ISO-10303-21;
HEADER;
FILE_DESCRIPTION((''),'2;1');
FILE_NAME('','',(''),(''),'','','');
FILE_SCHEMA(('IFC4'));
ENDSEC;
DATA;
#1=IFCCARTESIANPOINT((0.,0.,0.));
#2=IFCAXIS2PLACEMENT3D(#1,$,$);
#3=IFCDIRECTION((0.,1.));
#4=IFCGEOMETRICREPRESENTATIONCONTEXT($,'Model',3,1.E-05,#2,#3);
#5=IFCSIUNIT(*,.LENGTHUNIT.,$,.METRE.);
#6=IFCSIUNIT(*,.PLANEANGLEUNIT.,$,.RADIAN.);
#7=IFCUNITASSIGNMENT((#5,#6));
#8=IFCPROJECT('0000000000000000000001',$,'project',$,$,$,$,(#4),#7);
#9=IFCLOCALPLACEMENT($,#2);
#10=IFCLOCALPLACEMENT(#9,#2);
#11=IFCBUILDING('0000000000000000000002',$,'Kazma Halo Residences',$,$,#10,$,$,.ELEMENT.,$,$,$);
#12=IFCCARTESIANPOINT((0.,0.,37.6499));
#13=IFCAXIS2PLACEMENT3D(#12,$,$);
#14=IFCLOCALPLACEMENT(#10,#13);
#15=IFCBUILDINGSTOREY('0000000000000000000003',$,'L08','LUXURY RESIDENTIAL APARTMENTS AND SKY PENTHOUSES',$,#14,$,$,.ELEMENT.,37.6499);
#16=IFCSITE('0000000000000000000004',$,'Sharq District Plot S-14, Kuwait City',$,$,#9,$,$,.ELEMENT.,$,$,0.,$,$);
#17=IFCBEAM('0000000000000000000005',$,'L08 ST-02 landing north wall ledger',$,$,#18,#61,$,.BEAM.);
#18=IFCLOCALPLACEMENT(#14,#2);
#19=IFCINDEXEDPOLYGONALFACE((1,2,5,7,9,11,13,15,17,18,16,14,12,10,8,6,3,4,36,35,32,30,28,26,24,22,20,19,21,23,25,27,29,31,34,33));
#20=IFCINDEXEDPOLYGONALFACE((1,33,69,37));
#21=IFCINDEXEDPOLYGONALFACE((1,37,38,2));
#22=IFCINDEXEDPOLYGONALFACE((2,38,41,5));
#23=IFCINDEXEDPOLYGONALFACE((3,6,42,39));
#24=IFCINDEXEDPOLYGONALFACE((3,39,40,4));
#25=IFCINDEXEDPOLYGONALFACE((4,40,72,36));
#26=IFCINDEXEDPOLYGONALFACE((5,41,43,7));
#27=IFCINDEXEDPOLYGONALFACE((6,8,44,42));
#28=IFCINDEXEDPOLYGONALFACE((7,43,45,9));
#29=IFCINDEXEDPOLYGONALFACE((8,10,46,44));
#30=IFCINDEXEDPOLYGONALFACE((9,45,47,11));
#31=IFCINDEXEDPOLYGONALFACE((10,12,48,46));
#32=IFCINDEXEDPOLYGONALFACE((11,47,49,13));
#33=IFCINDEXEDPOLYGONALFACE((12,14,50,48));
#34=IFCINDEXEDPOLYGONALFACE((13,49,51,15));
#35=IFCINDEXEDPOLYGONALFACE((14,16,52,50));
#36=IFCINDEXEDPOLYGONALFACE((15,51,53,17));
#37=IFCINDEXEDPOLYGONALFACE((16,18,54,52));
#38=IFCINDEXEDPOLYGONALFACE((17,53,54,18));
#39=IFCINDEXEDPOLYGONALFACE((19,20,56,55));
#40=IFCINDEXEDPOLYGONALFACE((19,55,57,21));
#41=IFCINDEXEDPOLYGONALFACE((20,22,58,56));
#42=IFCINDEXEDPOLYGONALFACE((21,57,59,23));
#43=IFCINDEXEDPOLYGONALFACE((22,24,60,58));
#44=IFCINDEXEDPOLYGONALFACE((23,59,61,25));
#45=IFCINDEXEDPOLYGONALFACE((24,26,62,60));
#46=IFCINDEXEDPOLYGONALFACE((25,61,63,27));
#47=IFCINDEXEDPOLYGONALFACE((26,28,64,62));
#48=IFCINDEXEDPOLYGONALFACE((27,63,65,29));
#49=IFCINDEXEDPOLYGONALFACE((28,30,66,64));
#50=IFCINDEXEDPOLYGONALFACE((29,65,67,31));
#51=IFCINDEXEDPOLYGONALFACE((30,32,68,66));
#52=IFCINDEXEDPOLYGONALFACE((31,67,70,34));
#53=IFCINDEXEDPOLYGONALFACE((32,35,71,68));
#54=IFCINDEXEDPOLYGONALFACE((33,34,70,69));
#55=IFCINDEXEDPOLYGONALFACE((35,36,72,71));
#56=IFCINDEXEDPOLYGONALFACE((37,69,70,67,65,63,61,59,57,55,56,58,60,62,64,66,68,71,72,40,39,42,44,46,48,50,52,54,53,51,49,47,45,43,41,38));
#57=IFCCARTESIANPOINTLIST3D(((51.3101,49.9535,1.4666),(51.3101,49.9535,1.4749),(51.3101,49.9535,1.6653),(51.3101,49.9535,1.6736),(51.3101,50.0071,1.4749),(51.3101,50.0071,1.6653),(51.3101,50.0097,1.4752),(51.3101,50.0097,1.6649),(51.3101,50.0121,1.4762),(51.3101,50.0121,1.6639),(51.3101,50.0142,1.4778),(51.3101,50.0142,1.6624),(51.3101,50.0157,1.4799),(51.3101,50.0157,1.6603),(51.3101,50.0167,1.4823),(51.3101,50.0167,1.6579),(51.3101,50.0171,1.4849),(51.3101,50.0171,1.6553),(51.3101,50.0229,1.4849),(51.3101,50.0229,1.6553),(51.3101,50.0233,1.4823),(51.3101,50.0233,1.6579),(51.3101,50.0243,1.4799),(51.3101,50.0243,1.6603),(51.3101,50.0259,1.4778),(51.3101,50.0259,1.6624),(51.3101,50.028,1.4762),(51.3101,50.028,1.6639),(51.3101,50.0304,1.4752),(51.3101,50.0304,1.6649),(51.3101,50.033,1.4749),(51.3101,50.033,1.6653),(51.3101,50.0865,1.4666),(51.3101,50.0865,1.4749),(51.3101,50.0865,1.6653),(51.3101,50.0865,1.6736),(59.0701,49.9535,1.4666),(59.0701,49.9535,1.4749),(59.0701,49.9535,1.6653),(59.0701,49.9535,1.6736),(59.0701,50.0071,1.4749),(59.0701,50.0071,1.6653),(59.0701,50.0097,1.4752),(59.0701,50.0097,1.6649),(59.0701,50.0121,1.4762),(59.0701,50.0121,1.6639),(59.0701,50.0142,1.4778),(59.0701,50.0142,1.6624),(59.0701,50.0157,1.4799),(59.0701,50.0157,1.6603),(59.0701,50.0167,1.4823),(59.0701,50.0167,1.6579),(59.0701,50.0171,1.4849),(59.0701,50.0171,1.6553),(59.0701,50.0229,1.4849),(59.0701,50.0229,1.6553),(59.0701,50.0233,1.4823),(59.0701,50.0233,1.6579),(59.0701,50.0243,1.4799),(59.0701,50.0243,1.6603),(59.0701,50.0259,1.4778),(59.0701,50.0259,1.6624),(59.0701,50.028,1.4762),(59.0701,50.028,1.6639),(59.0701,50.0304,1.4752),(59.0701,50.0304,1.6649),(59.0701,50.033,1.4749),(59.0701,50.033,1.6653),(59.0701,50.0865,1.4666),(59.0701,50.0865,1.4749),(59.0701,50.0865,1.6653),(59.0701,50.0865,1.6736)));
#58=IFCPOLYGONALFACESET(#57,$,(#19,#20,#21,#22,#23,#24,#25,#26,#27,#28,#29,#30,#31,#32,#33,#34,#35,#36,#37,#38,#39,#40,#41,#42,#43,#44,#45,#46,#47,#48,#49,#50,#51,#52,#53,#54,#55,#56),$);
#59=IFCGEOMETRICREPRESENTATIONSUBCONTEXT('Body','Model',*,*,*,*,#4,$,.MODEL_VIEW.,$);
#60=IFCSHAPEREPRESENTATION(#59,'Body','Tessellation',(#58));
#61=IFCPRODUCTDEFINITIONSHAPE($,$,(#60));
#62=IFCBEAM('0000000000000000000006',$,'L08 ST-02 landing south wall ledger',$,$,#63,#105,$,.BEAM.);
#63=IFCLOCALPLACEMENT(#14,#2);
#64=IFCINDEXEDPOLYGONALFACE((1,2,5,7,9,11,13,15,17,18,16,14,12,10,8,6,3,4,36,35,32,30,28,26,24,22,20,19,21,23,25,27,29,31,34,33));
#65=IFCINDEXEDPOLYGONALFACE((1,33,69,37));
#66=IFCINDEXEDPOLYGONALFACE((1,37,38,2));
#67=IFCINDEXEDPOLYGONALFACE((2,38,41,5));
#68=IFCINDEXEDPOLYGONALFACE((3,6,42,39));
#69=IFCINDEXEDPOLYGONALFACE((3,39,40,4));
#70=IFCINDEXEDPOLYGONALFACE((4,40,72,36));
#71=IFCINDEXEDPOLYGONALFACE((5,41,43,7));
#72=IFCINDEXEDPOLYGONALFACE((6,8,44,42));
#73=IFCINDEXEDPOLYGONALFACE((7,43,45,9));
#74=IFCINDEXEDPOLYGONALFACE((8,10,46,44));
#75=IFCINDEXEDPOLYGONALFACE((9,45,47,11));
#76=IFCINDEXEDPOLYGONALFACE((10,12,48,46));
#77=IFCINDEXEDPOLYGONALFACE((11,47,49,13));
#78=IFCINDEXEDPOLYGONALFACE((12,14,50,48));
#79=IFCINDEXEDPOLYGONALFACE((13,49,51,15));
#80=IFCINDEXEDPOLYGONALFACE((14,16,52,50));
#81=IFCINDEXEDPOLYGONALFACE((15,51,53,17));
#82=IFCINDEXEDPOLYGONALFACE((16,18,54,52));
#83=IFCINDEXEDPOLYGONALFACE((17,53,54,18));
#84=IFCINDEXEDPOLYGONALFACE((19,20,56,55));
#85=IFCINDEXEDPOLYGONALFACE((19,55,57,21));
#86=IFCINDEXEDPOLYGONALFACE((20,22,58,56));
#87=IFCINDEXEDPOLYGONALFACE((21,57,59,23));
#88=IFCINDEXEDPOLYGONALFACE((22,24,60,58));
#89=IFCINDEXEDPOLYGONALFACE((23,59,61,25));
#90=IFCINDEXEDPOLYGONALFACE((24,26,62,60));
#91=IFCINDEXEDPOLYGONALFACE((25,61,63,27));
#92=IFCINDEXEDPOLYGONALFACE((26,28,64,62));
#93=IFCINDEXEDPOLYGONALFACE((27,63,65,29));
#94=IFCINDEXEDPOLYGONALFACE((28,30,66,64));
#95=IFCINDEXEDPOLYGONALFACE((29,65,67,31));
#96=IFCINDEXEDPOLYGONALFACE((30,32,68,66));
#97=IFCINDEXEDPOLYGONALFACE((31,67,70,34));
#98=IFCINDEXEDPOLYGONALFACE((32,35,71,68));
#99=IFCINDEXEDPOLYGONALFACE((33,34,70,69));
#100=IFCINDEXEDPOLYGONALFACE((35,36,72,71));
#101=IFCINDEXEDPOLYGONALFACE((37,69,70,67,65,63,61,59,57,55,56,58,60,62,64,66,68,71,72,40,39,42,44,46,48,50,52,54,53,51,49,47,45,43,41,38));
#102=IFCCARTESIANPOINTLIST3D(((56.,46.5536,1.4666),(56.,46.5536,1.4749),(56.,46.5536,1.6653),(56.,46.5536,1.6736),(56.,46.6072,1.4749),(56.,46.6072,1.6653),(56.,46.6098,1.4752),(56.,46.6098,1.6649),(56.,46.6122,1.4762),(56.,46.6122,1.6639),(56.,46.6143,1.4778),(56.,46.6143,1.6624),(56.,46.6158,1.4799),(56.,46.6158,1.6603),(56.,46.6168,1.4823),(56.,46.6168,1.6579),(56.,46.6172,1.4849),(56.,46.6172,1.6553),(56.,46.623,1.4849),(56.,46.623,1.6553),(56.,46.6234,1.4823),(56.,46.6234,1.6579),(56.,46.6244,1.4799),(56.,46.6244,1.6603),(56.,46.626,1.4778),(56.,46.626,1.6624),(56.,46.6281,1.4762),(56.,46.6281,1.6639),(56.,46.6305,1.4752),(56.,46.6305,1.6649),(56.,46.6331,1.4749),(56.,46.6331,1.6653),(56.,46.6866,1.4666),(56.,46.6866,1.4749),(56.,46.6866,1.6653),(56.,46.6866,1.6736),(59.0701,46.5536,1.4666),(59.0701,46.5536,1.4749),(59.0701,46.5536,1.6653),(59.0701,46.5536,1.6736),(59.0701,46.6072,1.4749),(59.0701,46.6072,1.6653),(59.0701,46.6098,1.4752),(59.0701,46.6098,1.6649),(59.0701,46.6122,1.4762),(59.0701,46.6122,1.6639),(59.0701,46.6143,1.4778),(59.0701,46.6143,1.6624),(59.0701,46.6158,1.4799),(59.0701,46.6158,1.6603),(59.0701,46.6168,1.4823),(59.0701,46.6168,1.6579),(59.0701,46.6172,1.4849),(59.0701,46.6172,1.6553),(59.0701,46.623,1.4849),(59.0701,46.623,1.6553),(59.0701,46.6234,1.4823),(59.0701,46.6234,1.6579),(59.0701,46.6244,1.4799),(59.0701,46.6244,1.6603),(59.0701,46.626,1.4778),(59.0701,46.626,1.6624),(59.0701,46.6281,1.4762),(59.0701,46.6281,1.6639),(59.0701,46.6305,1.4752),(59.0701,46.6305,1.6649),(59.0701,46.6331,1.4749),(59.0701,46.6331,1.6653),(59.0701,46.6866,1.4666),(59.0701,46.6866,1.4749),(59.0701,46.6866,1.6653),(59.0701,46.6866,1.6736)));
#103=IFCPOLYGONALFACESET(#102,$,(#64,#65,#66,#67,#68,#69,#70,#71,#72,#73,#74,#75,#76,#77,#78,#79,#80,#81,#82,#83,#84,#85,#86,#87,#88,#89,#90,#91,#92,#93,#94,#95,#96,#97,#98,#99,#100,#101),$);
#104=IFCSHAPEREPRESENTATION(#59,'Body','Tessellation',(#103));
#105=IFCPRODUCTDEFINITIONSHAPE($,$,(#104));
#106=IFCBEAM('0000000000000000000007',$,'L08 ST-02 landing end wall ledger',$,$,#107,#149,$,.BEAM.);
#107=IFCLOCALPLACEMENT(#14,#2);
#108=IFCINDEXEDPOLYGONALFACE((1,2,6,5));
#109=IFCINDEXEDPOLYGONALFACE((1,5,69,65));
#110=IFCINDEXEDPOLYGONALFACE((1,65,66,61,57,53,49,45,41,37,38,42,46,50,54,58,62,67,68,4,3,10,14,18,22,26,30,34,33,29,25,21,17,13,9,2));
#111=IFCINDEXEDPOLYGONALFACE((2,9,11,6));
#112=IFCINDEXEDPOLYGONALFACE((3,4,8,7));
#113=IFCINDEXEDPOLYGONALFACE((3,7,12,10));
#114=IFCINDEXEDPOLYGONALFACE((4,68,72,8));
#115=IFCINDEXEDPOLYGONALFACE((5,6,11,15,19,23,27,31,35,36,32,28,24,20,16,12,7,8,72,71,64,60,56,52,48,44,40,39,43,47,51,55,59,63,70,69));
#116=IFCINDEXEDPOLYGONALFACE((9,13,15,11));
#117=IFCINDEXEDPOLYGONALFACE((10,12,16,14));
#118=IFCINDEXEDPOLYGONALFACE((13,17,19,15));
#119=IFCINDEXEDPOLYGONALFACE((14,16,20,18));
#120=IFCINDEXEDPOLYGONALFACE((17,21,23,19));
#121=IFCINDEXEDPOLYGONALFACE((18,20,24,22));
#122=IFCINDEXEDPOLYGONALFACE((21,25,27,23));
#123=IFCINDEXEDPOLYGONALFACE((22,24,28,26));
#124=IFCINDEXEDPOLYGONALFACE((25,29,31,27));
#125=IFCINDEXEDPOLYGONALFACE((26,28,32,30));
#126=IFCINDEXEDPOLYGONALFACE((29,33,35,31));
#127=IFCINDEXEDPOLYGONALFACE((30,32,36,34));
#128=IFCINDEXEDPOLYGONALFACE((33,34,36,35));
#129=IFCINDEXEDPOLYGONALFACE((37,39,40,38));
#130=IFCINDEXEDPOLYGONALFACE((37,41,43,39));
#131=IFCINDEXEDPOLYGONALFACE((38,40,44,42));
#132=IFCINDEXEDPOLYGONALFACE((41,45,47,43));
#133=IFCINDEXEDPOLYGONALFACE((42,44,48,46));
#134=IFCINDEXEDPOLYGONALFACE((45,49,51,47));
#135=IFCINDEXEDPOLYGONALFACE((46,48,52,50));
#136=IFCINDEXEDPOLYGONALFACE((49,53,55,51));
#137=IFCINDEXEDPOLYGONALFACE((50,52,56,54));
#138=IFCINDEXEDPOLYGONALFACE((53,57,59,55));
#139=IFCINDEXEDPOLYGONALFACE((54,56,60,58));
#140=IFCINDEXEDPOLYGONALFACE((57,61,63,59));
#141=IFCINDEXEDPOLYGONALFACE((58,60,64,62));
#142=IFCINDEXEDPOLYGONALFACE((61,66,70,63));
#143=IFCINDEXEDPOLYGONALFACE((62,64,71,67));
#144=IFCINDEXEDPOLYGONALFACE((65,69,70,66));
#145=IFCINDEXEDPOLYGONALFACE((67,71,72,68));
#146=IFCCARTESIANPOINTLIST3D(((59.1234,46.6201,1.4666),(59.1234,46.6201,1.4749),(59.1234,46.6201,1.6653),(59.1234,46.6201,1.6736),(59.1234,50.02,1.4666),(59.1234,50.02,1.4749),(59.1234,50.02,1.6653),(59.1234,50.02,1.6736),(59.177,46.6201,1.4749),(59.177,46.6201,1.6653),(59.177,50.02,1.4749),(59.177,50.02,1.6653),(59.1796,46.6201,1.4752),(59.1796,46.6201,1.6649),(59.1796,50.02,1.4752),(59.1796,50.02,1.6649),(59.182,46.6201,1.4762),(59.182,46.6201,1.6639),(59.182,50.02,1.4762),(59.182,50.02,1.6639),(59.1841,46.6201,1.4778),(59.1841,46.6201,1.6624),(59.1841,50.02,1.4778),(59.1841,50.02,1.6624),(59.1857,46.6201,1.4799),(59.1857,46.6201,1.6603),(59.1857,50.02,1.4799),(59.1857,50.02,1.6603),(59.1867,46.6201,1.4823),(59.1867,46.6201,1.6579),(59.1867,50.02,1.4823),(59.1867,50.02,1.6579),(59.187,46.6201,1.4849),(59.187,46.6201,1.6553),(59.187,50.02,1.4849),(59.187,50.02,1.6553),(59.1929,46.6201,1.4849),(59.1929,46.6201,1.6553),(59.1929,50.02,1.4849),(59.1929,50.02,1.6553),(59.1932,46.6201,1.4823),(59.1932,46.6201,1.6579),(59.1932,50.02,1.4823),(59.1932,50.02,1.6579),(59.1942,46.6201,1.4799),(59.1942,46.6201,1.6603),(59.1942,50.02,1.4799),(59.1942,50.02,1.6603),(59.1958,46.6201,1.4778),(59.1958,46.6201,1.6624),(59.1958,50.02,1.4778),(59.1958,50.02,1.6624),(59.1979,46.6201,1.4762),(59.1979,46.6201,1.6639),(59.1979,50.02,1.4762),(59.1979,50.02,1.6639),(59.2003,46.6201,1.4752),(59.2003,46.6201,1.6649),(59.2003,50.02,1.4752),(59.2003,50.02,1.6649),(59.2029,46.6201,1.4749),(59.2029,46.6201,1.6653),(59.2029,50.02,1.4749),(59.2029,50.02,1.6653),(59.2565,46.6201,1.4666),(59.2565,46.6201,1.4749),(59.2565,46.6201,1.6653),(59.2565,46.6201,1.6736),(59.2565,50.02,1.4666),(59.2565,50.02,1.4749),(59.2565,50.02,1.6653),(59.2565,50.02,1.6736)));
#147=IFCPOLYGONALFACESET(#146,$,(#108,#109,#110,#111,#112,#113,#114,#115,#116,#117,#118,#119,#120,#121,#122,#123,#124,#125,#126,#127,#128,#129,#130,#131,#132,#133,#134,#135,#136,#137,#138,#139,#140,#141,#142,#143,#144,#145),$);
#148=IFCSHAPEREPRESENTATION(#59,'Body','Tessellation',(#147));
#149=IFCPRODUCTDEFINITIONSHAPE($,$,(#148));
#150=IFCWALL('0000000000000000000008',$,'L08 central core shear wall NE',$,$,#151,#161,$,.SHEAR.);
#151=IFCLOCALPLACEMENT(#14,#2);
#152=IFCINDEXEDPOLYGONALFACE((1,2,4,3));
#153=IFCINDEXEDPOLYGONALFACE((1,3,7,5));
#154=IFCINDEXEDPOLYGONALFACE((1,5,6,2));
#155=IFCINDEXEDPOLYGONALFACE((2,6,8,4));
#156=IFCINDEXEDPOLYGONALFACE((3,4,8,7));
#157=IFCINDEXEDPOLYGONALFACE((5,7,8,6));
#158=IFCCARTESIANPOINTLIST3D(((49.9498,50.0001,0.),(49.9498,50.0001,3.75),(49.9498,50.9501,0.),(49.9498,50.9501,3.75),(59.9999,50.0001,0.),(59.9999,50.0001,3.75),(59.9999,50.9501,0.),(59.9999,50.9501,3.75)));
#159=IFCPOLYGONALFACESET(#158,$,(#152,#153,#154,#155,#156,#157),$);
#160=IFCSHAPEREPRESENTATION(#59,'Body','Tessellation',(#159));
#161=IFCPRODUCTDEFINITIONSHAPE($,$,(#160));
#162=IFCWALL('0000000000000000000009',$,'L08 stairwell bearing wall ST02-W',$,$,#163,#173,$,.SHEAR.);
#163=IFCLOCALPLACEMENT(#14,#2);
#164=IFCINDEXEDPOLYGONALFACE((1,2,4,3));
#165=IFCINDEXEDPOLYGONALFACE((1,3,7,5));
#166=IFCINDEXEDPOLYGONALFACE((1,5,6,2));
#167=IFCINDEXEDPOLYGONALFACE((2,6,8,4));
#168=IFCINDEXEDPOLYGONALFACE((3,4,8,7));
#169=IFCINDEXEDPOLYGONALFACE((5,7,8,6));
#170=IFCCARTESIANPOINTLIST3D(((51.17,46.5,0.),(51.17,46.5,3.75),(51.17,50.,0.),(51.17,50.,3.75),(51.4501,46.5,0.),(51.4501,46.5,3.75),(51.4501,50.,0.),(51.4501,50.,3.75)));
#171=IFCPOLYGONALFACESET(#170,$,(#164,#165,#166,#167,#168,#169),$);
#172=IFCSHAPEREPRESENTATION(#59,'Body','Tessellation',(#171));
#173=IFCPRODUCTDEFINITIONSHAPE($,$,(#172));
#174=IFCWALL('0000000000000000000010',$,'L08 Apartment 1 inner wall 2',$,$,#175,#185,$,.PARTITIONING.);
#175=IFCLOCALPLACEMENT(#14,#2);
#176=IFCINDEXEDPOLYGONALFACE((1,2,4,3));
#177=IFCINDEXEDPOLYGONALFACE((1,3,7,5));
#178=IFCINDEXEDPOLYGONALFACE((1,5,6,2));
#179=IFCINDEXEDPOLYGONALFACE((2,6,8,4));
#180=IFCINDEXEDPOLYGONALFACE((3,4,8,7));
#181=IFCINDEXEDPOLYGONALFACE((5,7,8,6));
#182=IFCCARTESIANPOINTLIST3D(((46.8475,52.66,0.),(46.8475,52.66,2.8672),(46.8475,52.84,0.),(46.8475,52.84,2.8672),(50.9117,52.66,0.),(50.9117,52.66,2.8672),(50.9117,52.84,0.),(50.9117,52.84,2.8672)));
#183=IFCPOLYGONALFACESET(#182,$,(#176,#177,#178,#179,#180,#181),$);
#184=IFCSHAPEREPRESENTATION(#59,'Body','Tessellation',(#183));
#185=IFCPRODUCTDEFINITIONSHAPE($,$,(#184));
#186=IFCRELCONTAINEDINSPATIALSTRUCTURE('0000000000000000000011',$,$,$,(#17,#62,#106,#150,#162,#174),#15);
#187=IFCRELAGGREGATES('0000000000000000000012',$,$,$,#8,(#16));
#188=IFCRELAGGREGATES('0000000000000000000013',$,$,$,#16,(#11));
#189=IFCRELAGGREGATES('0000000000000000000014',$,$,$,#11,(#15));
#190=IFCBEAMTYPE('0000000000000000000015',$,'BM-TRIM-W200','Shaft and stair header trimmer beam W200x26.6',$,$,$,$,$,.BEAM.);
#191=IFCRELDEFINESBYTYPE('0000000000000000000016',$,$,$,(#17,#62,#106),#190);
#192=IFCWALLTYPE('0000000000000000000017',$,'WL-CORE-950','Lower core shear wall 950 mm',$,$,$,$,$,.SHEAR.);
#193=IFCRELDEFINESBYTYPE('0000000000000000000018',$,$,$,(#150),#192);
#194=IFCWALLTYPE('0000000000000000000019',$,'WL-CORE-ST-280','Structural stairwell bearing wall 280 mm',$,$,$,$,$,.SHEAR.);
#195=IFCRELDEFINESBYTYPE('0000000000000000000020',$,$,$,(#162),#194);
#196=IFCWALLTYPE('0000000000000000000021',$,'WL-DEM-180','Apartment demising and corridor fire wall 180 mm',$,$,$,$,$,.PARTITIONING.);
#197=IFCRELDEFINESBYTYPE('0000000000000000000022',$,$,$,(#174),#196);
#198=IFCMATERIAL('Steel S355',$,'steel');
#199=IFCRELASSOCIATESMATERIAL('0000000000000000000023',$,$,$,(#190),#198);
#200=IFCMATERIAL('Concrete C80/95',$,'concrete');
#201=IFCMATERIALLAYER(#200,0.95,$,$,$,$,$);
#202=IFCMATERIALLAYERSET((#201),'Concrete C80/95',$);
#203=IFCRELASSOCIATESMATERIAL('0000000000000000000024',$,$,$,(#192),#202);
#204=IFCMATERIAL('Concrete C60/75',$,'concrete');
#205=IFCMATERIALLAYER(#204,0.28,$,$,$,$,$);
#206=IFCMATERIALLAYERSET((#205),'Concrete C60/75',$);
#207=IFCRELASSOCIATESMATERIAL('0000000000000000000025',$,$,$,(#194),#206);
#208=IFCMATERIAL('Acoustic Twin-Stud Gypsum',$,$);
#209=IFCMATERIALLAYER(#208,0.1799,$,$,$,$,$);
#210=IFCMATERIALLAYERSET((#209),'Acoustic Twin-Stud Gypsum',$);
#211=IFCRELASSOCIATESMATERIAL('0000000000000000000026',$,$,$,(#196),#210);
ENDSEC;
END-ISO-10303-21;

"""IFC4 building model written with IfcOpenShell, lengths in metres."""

from ifc_helpers import new_model, si_unit, direction, frame, frame_2d, origin, origin_2d, place, context, subcontext, project, spatial, rectangle, i_section, extrude, material, layer, layer_set, material_profile, profile_set, type_object, element, save


model = new_model("IFC4")

# Units and contexts
model_context = context("Model", 3, precision=1e-05, world=origin(), true_north=direction((0.0, 1.0)))
body_context = subcontext(model_context, "Body", "Model", "MODEL_VIEW")
ifc_project = project(units=[si_unit("LENGTHUNIT", "METRE"), si_unit("PLANEANGLEUNIT", "RADIAN")], contexts=[model_context])

# Site, building, storey
site_placement = place(None, origin())
site = spatial("IfcSite", under=ifc_project, at=site_placement, Name="Sharq District Plot S-14, Kuwait City", CompositionType="ELEMENT", RefElevation=0.0)
building_placement = place(site_placement, origin())
building = spatial("IfcBuilding", under=site, at=building_placement, Name="Kazma Halo Residences", CompositionType="ELEMENT")
storey_placement = place(building_placement, frame((0.0, 0.0, 37.6499)))
storey = spatial("IfcBuildingStorey", under=building, at=storey_placement, Name="L08", Description="LUXURY RESIDENTIAL APARTMENTS AND SKY PENTHOUSES", CompositionType="ELEMENT", Elevation=37.6499)

# Shared definitions
ifc_material_1 = material(Name="Steel S355", Category="steel")

# Beams
ifc_material_profile_1 = material_profile(ifc_material_1, i_section(OverallWidth=0.1331, OverallDepth=0.207, WebThickness=0.0059, FlangeThickness=0.0083, FilletRadius=0.01, at=origin_2d()), Name="W200x26.6")
ifc_profile_set_1 = profile_set([ifc_material_profile_1], Name="Steel S355")
beam_type_1 = type_object("IfcBeamType", Name="BM-TRIM-W200", Description="Shaft and stair header trimmer beam W200x26.6", PredefinedType="BEAM", material=ifc_profile_set_1)
beam_1_placement = place(storey_placement, frame((51.3101, 50.02, 1.5701), z_axis=(1.0, 0.0, 0.0), x_axis=(0.0, 1.0, 0.0)))
element("IfcBeam", 1, at=beam_1_placement, inside=storey, type_object=beam_type_1, Name="L08 ST-02 landing north wall ledger", PredefinedType="BEAM", context=body_context, shape_type="SweptSolid", body=[
    extrude(i_section(OverallWidth=0.1331, OverallDepth=0.207, WebThickness=0.0059, FlangeThickness=0.0083, FilletRadius=0.01, at=origin_2d()), origin(), (0.0, 0.0, 1.0), 7.76),
])
beam_2_placement = place(storey_placement, frame((56.0, 46.6201, 1.5701), z_axis=(1.0, 0.0, 0.0), x_axis=(0.0, 1.0, 0.0)))
element("IfcBeam", 2, at=beam_2_placement, inside=storey, type_object=beam_type_1, Name="L08 ST-02 landing south wall ledger", PredefinedType="BEAM", context=body_context, shape_type="SweptSolid", body=[
    extrude(i_section(OverallWidth=0.1331, OverallDepth=0.207, WebThickness=0.0059, FlangeThickness=0.0083, FilletRadius=0.01, at=origin_2d()), origin(), (0.0, 0.0, 1.0), 3.0701),
])
beam_3_placement = place(storey_placement, frame((59.1899, 46.6201, 1.5701), z_axis=(0.0, 1.0, 0.0), x_axis=(-1.0, 0.0, 0.0)))
element("IfcBeam", 3, at=beam_3_placement, inside=storey, type_object=beam_type_1, Name="L08 ST-02 landing end wall ledger", PredefinedType="BEAM", context=body_context, shape_type="SweptSolid", body=[
    extrude(i_section(OverallWidth=0.1331, OverallDepth=0.207, WebThickness=0.0059, FlangeThickness=0.0083, FilletRadius=0.01, at=origin_2d()), origin(), (0.0, 0.0, 1.0), 3.3999),
])

# Walls
ifc_material_2 = material(Name="Concrete C80/95", Category="concrete")
ifc_layer_1 = layer(ifc_material_2, 0.95)
ifc_layer_set_1 = layer_set([ifc_layer_1], Name="Concrete C80/95")
wall_type_1 = type_object("IfcWallType", Name="WL-CORE-950", Description="Lower core shear wall 950 mm", PredefinedType="SHEAR", material=ifc_layer_set_1)
wall_1_placement = place(storey_placement, frame((49.95, 50.4751, 0.0), z_axis=(0.0, 0.0, 1.0), x_axis=(1.0, 0.0, 0.0)))
element("IfcWall", 4, at=wall_1_placement, inside=storey, type_object=wall_type_1, Name="L08 central core shear wall NE", PredefinedType="SHEAR", context=body_context, shape_type="SweptSolid", body=[
    extrude(rectangle(XDim=10.05, YDim=0.95, at=frame_2d((5.0249, 0.0))), origin(), (0.0, 0.0, 1.0), 3.75),
])
ifc_material_3 = material(Name="Concrete C60/75", Category="concrete")
ifc_layer_2 = layer(ifc_material_3, 0.28)
ifc_layer_set_2 = layer_set([ifc_layer_2], Name="Concrete C60/75")
wall_type_2 = type_object("IfcWallType", Name="WL-CORE-ST-280", Description="Structural stairwell bearing wall 280 mm", PredefinedType="SHEAR", material=ifc_layer_set_2)
wall_2_placement = place(storey_placement, frame((51.3101, 46.5, 0.0), z_axis=(0.0, 0.0, 1.0), x_axis=(0.0, 1.0, 0.0)))
element("IfcWall", 5, at=wall_2_placement, inside=storey, type_object=wall_type_2, Name="L08 stairwell bearing wall ST02-W", PredefinedType="SHEAR", context=body_context, shape_type="SweptSolid", body=[
    extrude(rectangle(XDim=3.5, YDim=0.28, at=frame_2d((1.75, 0.0))), origin(), (0.0, 0.0, 1.0), 3.75),
])
ifc_material_4 = material(Name="Acoustic Twin-Stud Gypsum")
ifc_layer_3 = layer(ifc_material_4, 0.1799)
ifc_layer_set_3 = layer_set([ifc_layer_3], Name="Acoustic Twin-Stud Gypsum")
wall_type_3 = type_object("IfcWallType", Name="WL-DEM-180", Description="Apartment demising and corridor fire wall 180 mm", PredefinedType="PARTITIONING", material=ifc_layer_set_3)
wall_3_placement = place(storey_placement, frame((50.9119, 52.75, 0.0), z_axis=(0.0, 0.0, 1.0), x_axis=(-1.0, 0.0, 0.0)))
element("IfcWall", 6, at=wall_3_placement, inside=storey, type_object=wall_type_3, Name="L08 Apartment 1 inner wall 2", PredefinedType="PARTITIONING", context=body_context, shape_type="SweptSolid", body=[
    extrude(rectangle(XDim=4.0642, YDim=0.1799, at=frame_2d((2.0322, 0.0))), origin(), (0.0, 0.0, 1.0), 2.8672),
])

save(model, "model.ifc")
